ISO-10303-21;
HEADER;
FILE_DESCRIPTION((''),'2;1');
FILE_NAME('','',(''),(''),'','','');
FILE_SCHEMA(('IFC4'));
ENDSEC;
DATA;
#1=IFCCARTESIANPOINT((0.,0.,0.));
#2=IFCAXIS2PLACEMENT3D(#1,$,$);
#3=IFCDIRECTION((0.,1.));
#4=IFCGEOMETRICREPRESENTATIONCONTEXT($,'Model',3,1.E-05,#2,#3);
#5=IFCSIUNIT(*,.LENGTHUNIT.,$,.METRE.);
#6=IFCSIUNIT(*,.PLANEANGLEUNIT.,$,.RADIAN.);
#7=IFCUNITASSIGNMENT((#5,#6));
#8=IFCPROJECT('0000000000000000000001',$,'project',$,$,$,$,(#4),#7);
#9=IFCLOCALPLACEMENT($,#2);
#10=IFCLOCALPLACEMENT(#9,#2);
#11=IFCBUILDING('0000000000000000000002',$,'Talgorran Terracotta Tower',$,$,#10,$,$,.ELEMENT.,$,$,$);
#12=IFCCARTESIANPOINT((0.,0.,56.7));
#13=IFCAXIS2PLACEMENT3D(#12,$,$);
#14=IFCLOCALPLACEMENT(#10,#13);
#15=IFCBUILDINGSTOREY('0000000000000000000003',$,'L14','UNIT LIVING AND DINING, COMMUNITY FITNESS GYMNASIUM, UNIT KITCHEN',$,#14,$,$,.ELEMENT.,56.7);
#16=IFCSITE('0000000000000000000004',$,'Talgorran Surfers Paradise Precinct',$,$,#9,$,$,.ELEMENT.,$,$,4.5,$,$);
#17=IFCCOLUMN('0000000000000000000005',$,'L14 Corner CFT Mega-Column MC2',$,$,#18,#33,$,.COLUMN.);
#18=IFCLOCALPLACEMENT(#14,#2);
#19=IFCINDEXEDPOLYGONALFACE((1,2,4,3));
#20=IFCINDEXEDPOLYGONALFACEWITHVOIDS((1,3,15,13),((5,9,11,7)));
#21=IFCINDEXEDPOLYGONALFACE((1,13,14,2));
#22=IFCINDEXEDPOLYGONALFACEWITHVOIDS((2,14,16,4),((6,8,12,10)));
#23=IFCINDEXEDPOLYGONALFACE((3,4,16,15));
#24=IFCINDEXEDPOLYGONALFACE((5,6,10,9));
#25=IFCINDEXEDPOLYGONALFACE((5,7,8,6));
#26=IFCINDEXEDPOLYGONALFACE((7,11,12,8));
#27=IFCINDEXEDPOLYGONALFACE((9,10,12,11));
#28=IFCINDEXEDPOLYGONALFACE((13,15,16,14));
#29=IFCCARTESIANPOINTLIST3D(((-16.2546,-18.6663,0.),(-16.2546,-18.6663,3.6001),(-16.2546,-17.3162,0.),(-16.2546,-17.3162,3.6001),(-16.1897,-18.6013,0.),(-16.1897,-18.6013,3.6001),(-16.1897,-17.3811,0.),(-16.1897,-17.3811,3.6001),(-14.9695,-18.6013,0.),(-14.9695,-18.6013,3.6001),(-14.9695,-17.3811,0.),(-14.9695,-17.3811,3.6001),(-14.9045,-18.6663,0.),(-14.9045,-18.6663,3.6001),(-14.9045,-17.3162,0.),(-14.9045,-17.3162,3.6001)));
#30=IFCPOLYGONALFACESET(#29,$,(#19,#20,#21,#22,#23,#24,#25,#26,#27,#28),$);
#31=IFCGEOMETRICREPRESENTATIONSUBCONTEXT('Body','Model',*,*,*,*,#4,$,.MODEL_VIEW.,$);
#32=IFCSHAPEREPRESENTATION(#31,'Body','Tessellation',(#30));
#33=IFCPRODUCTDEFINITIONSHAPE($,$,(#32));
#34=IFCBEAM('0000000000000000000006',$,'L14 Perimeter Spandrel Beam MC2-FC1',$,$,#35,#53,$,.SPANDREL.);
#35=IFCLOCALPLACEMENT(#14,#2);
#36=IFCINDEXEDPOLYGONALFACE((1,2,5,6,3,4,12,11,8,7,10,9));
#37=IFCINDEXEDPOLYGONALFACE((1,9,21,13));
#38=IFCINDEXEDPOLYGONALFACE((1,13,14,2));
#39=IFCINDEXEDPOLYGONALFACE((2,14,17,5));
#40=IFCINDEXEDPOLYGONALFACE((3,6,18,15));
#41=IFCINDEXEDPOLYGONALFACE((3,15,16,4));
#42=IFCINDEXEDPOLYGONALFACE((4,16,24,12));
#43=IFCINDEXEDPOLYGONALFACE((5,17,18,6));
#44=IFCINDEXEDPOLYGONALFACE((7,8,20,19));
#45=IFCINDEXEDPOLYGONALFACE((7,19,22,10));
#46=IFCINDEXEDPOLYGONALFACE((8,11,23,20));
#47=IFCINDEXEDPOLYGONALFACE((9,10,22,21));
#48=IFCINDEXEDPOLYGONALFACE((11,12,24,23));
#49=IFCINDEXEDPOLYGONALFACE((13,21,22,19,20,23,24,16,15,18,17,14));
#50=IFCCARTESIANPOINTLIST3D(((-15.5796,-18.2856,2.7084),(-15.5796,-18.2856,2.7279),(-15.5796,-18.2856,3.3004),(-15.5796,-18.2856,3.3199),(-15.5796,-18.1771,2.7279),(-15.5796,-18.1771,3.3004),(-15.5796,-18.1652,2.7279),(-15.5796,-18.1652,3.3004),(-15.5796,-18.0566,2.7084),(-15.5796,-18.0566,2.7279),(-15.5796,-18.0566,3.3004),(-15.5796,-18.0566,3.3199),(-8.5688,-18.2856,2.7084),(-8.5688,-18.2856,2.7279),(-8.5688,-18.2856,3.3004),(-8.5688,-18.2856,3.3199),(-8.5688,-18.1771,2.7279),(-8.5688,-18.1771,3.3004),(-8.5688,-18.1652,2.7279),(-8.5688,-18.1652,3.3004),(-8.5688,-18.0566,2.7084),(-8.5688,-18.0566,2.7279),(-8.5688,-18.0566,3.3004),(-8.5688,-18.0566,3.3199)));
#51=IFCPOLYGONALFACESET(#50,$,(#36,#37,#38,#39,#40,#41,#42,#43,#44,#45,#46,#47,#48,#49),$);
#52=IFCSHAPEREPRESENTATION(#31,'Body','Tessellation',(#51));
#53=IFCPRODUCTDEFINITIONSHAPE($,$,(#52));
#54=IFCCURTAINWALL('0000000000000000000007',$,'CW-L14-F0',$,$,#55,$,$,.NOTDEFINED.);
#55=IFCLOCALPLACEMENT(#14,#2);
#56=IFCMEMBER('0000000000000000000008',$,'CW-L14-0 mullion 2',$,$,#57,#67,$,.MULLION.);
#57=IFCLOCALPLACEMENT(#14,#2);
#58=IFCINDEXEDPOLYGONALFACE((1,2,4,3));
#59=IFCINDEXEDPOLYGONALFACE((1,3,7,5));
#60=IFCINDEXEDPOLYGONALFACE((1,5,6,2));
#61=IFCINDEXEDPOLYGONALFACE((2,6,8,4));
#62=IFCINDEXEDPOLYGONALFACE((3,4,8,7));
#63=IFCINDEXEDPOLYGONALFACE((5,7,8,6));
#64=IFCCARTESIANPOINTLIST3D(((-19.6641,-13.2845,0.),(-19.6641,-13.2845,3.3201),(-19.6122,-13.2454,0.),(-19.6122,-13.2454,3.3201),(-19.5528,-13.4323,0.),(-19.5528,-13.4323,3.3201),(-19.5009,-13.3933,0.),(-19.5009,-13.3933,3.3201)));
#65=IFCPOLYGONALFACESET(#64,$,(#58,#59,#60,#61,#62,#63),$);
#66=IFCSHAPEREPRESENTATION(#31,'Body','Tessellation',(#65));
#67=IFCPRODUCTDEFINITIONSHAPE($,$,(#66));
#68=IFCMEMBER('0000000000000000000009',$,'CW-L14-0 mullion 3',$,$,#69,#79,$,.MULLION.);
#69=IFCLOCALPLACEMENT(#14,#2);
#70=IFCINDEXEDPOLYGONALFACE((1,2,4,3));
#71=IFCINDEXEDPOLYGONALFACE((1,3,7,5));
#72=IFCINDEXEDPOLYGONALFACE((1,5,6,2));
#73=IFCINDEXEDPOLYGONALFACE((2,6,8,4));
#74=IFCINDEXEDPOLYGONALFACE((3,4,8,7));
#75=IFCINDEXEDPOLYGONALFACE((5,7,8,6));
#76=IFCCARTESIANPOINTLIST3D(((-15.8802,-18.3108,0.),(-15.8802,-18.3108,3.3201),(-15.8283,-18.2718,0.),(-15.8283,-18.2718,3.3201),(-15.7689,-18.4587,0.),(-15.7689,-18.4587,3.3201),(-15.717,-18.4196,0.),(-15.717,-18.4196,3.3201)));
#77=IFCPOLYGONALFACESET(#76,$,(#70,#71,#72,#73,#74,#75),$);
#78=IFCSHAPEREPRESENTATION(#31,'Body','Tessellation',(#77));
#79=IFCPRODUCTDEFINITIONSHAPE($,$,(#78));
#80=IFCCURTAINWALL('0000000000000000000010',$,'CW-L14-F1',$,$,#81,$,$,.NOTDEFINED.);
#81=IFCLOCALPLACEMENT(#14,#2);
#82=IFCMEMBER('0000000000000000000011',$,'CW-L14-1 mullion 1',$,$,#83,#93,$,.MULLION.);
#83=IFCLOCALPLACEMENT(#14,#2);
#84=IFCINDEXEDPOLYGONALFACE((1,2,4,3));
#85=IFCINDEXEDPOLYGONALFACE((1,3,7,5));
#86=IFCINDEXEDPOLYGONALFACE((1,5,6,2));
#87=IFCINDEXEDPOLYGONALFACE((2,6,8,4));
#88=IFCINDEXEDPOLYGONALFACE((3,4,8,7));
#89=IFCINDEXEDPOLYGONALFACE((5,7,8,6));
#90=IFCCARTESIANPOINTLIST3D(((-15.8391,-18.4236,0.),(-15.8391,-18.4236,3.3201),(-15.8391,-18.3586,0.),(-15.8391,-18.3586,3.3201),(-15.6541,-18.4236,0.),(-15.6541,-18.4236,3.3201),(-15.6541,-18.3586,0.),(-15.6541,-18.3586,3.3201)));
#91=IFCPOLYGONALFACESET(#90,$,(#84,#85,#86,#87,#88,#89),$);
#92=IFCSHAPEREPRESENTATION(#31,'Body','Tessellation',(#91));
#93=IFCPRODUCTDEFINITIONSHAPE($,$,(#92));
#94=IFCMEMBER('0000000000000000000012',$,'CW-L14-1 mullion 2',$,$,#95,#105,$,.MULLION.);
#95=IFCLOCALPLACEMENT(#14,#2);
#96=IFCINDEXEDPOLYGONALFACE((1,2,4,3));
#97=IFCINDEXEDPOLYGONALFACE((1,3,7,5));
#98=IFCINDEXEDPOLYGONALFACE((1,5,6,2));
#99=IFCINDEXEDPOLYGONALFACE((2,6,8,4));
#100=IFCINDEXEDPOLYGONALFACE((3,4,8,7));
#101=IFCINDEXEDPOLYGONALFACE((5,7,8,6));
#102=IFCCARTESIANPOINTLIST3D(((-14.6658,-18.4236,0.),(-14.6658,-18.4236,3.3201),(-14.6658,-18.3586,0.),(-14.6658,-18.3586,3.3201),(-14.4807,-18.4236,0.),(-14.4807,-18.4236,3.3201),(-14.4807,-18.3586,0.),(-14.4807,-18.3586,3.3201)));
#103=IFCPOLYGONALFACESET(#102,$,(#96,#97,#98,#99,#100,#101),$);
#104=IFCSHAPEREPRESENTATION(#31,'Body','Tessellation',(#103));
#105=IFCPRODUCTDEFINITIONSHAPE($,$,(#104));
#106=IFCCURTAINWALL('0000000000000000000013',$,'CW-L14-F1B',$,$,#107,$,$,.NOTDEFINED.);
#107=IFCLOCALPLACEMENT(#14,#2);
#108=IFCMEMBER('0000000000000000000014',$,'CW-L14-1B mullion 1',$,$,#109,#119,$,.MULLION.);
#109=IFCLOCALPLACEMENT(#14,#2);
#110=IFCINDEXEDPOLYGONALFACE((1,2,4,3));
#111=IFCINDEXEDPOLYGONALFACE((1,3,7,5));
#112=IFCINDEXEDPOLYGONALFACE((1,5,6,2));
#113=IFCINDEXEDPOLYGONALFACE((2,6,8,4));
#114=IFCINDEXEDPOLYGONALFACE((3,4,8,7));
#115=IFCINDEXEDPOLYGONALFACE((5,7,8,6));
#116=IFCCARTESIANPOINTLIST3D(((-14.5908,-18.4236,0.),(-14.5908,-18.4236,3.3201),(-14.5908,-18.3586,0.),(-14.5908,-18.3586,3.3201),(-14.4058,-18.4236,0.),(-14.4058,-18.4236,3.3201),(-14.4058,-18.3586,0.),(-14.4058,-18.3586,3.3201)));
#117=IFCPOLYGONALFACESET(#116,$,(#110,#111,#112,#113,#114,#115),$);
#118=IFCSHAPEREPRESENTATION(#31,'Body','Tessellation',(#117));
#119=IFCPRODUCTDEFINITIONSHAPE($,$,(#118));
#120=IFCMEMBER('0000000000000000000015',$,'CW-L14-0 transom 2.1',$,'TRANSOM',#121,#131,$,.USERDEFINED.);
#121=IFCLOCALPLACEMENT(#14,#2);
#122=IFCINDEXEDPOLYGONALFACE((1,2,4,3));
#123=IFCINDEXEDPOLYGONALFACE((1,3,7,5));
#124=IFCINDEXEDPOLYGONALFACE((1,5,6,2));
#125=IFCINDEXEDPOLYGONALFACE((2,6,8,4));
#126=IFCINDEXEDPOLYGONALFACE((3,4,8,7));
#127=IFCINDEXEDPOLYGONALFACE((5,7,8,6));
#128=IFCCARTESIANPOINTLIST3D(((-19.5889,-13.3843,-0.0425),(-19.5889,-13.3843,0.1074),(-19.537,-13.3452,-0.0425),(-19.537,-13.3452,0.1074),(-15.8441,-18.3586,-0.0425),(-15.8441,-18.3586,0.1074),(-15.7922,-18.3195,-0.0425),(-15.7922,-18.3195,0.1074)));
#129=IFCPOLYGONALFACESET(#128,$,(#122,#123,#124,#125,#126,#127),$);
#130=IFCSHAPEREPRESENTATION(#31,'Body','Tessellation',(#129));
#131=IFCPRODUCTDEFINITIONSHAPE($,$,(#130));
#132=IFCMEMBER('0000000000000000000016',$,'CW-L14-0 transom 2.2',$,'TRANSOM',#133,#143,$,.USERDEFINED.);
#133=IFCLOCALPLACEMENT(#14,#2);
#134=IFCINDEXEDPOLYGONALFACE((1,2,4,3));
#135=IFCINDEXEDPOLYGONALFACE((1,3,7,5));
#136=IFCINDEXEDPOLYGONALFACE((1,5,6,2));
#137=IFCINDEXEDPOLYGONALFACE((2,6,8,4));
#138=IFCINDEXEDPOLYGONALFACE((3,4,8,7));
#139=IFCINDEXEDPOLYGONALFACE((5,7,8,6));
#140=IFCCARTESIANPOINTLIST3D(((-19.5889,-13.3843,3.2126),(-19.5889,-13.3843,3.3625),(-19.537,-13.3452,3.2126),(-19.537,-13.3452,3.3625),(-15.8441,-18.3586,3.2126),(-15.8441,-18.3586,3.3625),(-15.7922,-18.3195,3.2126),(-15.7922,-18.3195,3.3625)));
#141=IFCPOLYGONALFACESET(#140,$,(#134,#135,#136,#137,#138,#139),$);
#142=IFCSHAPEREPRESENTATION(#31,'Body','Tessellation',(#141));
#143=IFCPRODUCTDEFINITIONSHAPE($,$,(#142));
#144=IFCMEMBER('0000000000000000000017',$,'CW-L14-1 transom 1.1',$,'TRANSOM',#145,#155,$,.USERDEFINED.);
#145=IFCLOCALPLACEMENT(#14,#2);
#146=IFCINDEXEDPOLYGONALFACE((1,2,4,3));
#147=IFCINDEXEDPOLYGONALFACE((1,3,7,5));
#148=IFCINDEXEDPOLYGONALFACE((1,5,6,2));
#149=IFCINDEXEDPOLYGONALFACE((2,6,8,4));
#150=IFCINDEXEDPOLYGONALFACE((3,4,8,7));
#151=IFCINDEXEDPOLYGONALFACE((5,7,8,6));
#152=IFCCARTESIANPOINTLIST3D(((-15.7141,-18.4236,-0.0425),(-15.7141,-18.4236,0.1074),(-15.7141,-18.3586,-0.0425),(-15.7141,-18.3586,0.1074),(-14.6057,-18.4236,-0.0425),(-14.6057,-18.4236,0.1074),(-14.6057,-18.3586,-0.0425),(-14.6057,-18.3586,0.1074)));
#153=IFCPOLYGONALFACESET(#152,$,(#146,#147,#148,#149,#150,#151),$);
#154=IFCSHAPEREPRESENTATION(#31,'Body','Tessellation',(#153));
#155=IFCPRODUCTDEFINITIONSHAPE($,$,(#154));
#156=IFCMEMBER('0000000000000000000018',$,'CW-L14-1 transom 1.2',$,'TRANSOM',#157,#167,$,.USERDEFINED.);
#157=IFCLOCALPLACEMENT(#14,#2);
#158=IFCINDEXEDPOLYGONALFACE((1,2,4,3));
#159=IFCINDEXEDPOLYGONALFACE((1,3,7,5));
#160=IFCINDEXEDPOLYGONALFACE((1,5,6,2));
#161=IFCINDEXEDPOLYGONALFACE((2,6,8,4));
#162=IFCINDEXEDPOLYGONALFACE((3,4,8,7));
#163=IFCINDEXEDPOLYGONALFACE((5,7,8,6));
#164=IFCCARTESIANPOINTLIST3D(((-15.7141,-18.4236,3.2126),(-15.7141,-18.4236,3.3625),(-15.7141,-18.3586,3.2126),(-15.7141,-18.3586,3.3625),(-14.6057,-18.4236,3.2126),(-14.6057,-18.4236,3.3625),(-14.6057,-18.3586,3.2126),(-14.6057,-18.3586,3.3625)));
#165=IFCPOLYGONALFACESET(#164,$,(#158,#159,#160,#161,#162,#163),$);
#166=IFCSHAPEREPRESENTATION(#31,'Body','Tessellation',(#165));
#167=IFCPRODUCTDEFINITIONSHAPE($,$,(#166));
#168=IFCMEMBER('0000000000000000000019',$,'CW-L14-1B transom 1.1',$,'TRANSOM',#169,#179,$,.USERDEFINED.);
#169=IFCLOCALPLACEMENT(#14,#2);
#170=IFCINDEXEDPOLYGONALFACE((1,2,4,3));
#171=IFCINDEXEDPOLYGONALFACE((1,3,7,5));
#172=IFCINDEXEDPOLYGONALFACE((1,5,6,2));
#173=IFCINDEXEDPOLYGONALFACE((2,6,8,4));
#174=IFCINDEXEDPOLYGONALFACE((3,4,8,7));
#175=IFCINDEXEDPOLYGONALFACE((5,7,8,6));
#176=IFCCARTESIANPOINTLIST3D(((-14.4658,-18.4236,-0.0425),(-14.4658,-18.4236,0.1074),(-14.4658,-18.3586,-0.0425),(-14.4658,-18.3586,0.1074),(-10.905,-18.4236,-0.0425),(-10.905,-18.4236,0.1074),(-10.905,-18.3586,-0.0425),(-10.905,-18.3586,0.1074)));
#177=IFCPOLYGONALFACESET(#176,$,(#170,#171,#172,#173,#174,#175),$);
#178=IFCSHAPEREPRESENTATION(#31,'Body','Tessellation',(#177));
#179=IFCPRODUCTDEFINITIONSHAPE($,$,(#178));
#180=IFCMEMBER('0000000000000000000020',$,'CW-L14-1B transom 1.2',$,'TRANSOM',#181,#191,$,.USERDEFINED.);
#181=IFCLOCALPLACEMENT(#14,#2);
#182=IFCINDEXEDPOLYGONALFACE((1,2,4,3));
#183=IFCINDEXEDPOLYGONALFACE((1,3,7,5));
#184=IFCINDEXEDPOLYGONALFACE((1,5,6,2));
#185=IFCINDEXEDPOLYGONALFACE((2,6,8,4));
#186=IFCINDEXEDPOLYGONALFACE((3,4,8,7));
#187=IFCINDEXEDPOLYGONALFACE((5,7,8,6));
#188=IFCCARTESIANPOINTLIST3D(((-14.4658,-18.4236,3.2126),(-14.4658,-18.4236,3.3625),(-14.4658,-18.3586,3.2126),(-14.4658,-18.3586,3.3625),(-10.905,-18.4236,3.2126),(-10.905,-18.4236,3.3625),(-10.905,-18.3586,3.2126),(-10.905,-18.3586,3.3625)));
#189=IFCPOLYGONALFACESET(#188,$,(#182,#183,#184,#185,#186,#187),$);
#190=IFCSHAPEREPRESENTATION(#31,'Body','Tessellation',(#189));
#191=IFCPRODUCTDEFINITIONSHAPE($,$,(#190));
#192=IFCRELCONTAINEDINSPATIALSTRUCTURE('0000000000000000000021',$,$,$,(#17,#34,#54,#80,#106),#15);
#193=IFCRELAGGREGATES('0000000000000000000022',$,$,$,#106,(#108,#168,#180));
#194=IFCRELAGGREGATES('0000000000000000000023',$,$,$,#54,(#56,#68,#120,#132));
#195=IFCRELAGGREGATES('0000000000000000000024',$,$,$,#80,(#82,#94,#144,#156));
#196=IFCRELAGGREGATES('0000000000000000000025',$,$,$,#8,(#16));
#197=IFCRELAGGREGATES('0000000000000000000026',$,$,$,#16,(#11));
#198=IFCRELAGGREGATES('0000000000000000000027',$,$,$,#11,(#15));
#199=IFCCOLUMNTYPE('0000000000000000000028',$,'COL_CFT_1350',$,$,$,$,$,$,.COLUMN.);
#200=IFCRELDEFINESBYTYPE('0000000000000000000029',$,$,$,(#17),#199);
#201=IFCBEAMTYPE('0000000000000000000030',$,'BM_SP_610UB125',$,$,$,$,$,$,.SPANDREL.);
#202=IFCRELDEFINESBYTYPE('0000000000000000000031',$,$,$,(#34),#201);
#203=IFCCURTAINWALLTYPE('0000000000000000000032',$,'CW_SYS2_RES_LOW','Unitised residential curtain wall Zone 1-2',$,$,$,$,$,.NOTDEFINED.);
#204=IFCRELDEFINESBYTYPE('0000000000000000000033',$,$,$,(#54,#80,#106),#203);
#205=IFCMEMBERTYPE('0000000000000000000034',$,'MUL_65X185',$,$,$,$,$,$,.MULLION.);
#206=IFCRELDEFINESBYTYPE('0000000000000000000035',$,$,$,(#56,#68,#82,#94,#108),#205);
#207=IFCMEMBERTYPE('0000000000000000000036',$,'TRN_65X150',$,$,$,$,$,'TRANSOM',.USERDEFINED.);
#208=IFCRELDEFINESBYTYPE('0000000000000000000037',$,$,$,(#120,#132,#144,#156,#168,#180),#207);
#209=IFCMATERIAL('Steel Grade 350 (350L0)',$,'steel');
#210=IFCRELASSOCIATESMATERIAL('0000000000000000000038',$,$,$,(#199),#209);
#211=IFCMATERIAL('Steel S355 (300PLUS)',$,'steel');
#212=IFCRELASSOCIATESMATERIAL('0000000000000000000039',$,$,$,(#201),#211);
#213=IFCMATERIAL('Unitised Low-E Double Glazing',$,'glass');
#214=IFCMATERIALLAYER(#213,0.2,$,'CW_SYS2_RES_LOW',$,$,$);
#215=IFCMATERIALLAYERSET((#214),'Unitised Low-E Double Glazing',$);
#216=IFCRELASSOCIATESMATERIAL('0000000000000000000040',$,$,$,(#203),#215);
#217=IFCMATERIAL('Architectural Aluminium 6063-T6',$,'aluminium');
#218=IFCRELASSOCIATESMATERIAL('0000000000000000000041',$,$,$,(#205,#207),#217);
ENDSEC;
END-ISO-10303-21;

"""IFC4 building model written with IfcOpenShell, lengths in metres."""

from ifc_helpers import new_model, si_unit, direction, frame, origin, origin_2d, place, context, subcontext, project, spatial, rectangle, hollow_rectangle, i_section, extrude, material, layer, layer_set, material_profile, profile_set, type_object, element, aggregate, save


model = new_model("IFC4")

# Units and contexts
model_context = context("Model", 3, precision=1e-05, world=origin(), true_north=direction((0.0, 1.0)))
body_context = subcontext(model_context, "Body", "Model", "MODEL_VIEW")
ifc_project = project(units=[si_unit("LENGTHUNIT", "METRE"), si_unit("PLANEANGLEUNIT", "RADIAN")], contexts=[model_context])

# Site, building, storey
site_placement = place(None, origin())
site = spatial("IfcSite", under=ifc_project, at=site_placement, Name="Talgorran Surfers Paradise Precinct", CompositionType="ELEMENT", RefElevation=4.5)
building_placement = place(site_placement, origin())
building = spatial("IfcBuilding", under=site, at=building_placement, Name="Talgorran Terracotta Tower", CompositionType="ELEMENT")
storey_placement = place(building_placement, frame((0.0, 0.0, 56.7)))
storey = spatial("IfcBuildingStorey", under=building, at=storey_placement, Name="L14", Description="UNIT LIVING AND DINING, COMMUNITY FITNESS GYMNASIUM, UNIT KITCHEN", CompositionType="ELEMENT", Elevation=56.7)

# Column
ifc_material_1 = material(Name="Steel Grade 350 (350L0)", Category="steel")
ifc_material_profile_1 = material_profile(ifc_material_1, hollow_rectangle(XDim=1.3501, YDim=1.3501, WallThickness=0.0649, at=origin_2d()), Name="CFT1350X1350X65")
ifc_profile_set_1 = profile_set([ifc_material_profile_1], Name="Steel Grade 350 (350L0)")
column_type = type_object("IfcColumnType", Name="COL_CFT_1350", PredefinedType="COLUMN", material=ifc_profile_set_1)
column_placement = place(storey_placement, frame((-15.5796, -17.9912, 0.0), z_axis=(0.0, 0.0, 1.0), x_axis=(1.0, 0.0, 0.0)))
element("IfcColumn", 1, at=column_placement, inside=storey, type_object=column_type, Name="L14 Corner CFT Mega-Column MC2", PredefinedType="COLUMN", context=body_context, shape_type="SweptSolid", body=[
    extrude(hollow_rectangle(XDim=1.3501, YDim=1.3501, WallThickness=0.0649, at=origin_2d()), origin(), (0.0, 0.0, 1.0), 3.6001),
])

# Beam
ifc_material_2 = material(Name="Steel S355 (300PLUS)", Category="steel")
ifc_material_profile_2 = material_profile(ifc_material_2, i_section(OverallWidth=0.229, OverallDepth=0.6116, WebThickness=0.012, FlangeThickness=0.0195, at=origin_2d()), Name="610UB125")
ifc_profile_set_2 = profile_set([ifc_material_profile_2], Name="Steel S355 (300PLUS)")
beam_type = type_object("IfcBeamType", Name="BM_SP_610UB125", PredefinedType="SPANDREL", material=ifc_profile_set_2)
beam_placement = place(storey_placement, frame((-15.5796, -18.1711, 3.0142), z_axis=(1.0, 0.0, 0.0), x_axis=(0.0, 1.0, 0.0)))
element("IfcBeam", 2, at=beam_placement, inside=storey, type_object=beam_type, Name="L14 Perimeter Spandrel Beam MC2-FC1", PredefinedType="SPANDREL", context=body_context, shape_type="SweptSolid", body=[
    extrude(i_section(OverallWidth=0.229, OverallDepth=0.6116, WebThickness=0.012, FlangeThickness=0.0195, at=origin_2d()), origin(), (0.0, 0.0, 1.0), 7.0107),
])

# Curtain walls, members
ifc_material_3 = material(Name="Unitised Low-E Double Glazing", Category="glass")
ifc_layer_1 = layer(ifc_material_3, 0.2, Name="CW_SYS2_RES_LOW")
ifc_layer_set_1 = layer_set([ifc_layer_1], Name="Unitised Low-E Double Glazing")
curtain_wall_type = type_object("IfcCurtainWallType", Name="CW_SYS2_RES_LOW", Description="Unitised residential curtain wall Zone 1-2", PredefinedType="NOTDEFINED", material=ifc_layer_set_1)
curtain_wall_1_placement = place(storey_placement, origin())
curtain_wall_1 = element("IfcCurtainWall", 3, at=curtain_wall_1_placement, inside=storey, type_object=curtain_wall_type, Name="CW-L14-F0", PredefinedType="NOTDEFINED")
ifc_material_4 = material(Name="Architectural Aluminium 6063-T6", Category="aluminium")
ifc_material_profile_3 = material_profile(ifc_material_4, rectangle(XDim=0.0649, YDim=0.1851, at=origin_2d()), Name="CWM65X185")
ifc_profile_set_3 = profile_set([ifc_material_profile_3], Name="Architectural Aluminium 6063-T6")
member_type_1 = type_object("IfcMemberType", Name="MUL_65X185", PredefinedType="MULLION", material=ifc_profile_set_3)
member_1_placement = place(storey_placement, frame((-19.5825, -13.3389, 0.0), z_axis=(0.0, 0.0, 1.0), x_axis=(0.798916, 0.601442, 0.0)))
member_1 = element("IfcMember", 4, at=member_1_placement, type_object=member_type_1, Name="CW-L14-0 mullion 2", PredefinedType="MULLION", context=body_context, shape_type="SweptSolid", body=[
    extrude(rectangle(XDim=0.0649, YDim=0.1851, at=origin_2d()), origin(), (0.0, 0.0, 1.0), 3.3201),
])
member_2_placement = place(storey_placement, frame((-15.7986, -18.3652, 0.0), z_axis=(0.0, 0.0, 1.0), x_axis=(0.798916, 0.601442, 0.0)))
member_2 = element("IfcMember", 5, at=member_2_placement, type_object=member_type_1, Name="CW-L14-0 mullion 3", PredefinedType="MULLION", context=body_context, shape_type="SweptSolid", body=[
    extrude(rectangle(XDim=0.0649, YDim=0.1851, at=origin_2d()), origin(), (0.0, 0.0, 1.0), 3.3201),
])
curtain_wall_2_placement = place(storey_placement, origin())
curtain_wall_2 = element("IfcCurtainWall", 6, at=curtain_wall_2_placement, inside=storey, type_object=curtain_wall_type, Name="CW-L14-F1", PredefinedType="NOTDEFINED")
member_3_placement = place(storey_placement, frame((-15.7466, -18.3911, 0.0), z_axis=(0.0, 0.0, 1.0), x_axis=(0.0, 1.0, 0.0)))
member_3 = element("IfcMember", 7, at=member_3_placement, type_object=member_type_1, Name="CW-L14-1 mullion 1", PredefinedType="MULLION", context=body_context, shape_type="SweptSolid", body=[
    extrude(rectangle(XDim=0.0649, YDim=0.1851, at=origin_2d()), origin(), (0.0, 0.0, 1.0), 3.3201),
])
member_4_placement = place(storey_placement, frame((-14.5732, -18.3911, 0.0), z_axis=(0.0, 0.0, 1.0), x_axis=(0.0, 1.0, 0.0)))
member_4 = element("IfcMember", 8, at=member_4_placement, type_object=member_type_1, Name="CW-L14-1 mullion 2", PredefinedType="MULLION", context=body_context, shape_type="SweptSolid", body=[
    extrude(rectangle(XDim=0.0649, YDim=0.1851, at=origin_2d()), origin(), (0.0, 0.0, 1.0), 3.3201),
])

# Curtain wall, member
curtain_wall_3_placement = place(storey_placement, origin())
curtain_wall_3 = element("IfcCurtainWall", 9, at=curtain_wall_3_placement, inside=storey, type_object=curtain_wall_type, Name="CW-L14-F1B", PredefinedType="NOTDEFINED")
member_5_placement = place(storey_placement, frame((-14.4983, -18.3911, 0.0), z_axis=(0.0, 0.0, 1.0), x_axis=(0.0, 1.0, 0.0)))
member_5 = element("IfcMember", 10, at=member_5_placement, type_object=member_type_1, Name="CW-L14-1B mullion 1", PredefinedType="MULLION", context=body_context, shape_type="SweptSolid", body=[
    extrude(rectangle(XDim=0.0649, YDim=0.1851, at=origin_2d()), origin(), (0.0, 0.0, 1.0), 3.3201),
])

# Members
ifc_material_profile_4 = material_profile(ifc_material_4, rectangle(XDim=0.0649, YDim=0.1499, at=origin_2d()), Name="CWT65X150")
ifc_profile_set_4 = profile_set([ifc_material_profile_4], Name="Architectural Aluminium 6063-T6")
member_type_2 = type_object("IfcMemberType", Name="TRN_65X150", ElementType="TRANSOM", PredefinedType="USERDEFINED", material=ifc_profile_set_4)
member_6_placement = place(storey_placement, frame((-19.563, -13.3647, 0.0325), z_axis=(0.601448, -0.798912, 0.0), x_axis=(0.798912, 0.601448, 0.0)))
member_6 = element("IfcMember", 11, at=member_6_placement, type_object=member_type_2, Name="CW-L14-0 transom 2.1", ObjectType="TRANSOM", PredefinedType="USERDEFINED", context=body_context, shape_type="SweptSolid", body=[
    extrude(rectangle(XDim=0.0649, YDim=0.1499, at=origin_2d()), origin(), (0.0, 0.0, 1.0), 6.2263),
])
member_7_placement = place(storey_placement, frame((-19.563, -13.3647, 3.2876), z_axis=(0.601448, -0.798912, 0.0), x_axis=(0.798912, 0.601448, 0.0)))
member_7 = element("IfcMember", 12, at=member_7_placement, type_object=member_type_2, Name="CW-L14-0 transom 2.2", ObjectType="TRANSOM", PredefinedType="USERDEFINED", context=body_context, shape_type="SweptSolid", body=[
    extrude(rectangle(XDim=0.0649, YDim=0.1499, at=origin_2d()), origin(), (0.0, 0.0, 1.0), 6.2263),
])
member_8_placement = place(storey_placement, frame((-15.7141, -18.3911, 0.0325), z_axis=(1.0, 0.0, 0.0), x_axis=(0.0, 1.0, 0.0)))
member_8 = element("IfcMember", 13, at=member_8_placement, type_object=member_type_2, Name="CW-L14-1 transom 1.1", ObjectType="TRANSOM", PredefinedType="USERDEFINED", context=body_context, shape_type="SweptSolid", body=[
    extrude(rectangle(XDim=0.0649, YDim=0.1499, at=origin_2d()), origin(), (0.0, 0.0, 1.0), 1.1084),
])
member_9_placement = place(storey_placement, frame((-15.7141, -18.3911, 3.2876), z_axis=(1.0, 0.0, 0.0), x_axis=(0.0, 1.0, 0.0)))
member_9 = element("IfcMember", 14, at=member_9_placement, type_object=member_type_2, Name="CW-L14-1 transom 1.2", ObjectType="TRANSOM", PredefinedType="USERDEFINED", context=body_context, shape_type="SweptSolid", body=[
    extrude(rectangle(XDim=0.0649, YDim=0.1499, at=origin_2d()), origin(), (0.0, 0.0, 1.0), 1.1084),
])
member_10_placement = place(storey_placement, frame((-14.4658, -18.3911, 0.0325), z_axis=(1.0, 0.0, 0.0), x_axis=(0.0, 1.0, 0.0)))
member_10 = element("IfcMember", 15, at=member_10_placement, type_object=member_type_2, Name="CW-L14-1B transom 1.1", ObjectType="TRANSOM", PredefinedType="USERDEFINED", context=body_context, shape_type="SweptSolid", body=[
    extrude(rectangle(XDim=0.0649, YDim=0.1499, at=origin_2d()), origin(), (0.0, 0.0, 1.0), 3.5608),
])
member_11_placement = place(storey_placement, frame((-14.4658, -18.3911, 3.2876), z_axis=(1.0, 0.0, 0.0), x_axis=(0.0, 1.0, 0.0)))
member_11 = element("IfcMember", 16, at=member_11_placement, type_object=member_type_2, Name="CW-L14-1B transom 1.2", ObjectType="TRANSOM", PredefinedType="USERDEFINED", context=body_context, shape_type="SweptSolid", body=[
    extrude(rectangle(XDim=0.0649, YDim=0.1499, at=origin_2d()), origin(), (0.0, 0.0, 1.0), 3.5608),
])
aggregate(curtain_wall_3, [member_5, member_10, member_11])

aggregate(curtain_wall_1, [member_1, member_2, member_6, member_7])
aggregate(curtain_wall_2, [member_3, member_4, member_8, member_9])

save(model, "model.ifc")
